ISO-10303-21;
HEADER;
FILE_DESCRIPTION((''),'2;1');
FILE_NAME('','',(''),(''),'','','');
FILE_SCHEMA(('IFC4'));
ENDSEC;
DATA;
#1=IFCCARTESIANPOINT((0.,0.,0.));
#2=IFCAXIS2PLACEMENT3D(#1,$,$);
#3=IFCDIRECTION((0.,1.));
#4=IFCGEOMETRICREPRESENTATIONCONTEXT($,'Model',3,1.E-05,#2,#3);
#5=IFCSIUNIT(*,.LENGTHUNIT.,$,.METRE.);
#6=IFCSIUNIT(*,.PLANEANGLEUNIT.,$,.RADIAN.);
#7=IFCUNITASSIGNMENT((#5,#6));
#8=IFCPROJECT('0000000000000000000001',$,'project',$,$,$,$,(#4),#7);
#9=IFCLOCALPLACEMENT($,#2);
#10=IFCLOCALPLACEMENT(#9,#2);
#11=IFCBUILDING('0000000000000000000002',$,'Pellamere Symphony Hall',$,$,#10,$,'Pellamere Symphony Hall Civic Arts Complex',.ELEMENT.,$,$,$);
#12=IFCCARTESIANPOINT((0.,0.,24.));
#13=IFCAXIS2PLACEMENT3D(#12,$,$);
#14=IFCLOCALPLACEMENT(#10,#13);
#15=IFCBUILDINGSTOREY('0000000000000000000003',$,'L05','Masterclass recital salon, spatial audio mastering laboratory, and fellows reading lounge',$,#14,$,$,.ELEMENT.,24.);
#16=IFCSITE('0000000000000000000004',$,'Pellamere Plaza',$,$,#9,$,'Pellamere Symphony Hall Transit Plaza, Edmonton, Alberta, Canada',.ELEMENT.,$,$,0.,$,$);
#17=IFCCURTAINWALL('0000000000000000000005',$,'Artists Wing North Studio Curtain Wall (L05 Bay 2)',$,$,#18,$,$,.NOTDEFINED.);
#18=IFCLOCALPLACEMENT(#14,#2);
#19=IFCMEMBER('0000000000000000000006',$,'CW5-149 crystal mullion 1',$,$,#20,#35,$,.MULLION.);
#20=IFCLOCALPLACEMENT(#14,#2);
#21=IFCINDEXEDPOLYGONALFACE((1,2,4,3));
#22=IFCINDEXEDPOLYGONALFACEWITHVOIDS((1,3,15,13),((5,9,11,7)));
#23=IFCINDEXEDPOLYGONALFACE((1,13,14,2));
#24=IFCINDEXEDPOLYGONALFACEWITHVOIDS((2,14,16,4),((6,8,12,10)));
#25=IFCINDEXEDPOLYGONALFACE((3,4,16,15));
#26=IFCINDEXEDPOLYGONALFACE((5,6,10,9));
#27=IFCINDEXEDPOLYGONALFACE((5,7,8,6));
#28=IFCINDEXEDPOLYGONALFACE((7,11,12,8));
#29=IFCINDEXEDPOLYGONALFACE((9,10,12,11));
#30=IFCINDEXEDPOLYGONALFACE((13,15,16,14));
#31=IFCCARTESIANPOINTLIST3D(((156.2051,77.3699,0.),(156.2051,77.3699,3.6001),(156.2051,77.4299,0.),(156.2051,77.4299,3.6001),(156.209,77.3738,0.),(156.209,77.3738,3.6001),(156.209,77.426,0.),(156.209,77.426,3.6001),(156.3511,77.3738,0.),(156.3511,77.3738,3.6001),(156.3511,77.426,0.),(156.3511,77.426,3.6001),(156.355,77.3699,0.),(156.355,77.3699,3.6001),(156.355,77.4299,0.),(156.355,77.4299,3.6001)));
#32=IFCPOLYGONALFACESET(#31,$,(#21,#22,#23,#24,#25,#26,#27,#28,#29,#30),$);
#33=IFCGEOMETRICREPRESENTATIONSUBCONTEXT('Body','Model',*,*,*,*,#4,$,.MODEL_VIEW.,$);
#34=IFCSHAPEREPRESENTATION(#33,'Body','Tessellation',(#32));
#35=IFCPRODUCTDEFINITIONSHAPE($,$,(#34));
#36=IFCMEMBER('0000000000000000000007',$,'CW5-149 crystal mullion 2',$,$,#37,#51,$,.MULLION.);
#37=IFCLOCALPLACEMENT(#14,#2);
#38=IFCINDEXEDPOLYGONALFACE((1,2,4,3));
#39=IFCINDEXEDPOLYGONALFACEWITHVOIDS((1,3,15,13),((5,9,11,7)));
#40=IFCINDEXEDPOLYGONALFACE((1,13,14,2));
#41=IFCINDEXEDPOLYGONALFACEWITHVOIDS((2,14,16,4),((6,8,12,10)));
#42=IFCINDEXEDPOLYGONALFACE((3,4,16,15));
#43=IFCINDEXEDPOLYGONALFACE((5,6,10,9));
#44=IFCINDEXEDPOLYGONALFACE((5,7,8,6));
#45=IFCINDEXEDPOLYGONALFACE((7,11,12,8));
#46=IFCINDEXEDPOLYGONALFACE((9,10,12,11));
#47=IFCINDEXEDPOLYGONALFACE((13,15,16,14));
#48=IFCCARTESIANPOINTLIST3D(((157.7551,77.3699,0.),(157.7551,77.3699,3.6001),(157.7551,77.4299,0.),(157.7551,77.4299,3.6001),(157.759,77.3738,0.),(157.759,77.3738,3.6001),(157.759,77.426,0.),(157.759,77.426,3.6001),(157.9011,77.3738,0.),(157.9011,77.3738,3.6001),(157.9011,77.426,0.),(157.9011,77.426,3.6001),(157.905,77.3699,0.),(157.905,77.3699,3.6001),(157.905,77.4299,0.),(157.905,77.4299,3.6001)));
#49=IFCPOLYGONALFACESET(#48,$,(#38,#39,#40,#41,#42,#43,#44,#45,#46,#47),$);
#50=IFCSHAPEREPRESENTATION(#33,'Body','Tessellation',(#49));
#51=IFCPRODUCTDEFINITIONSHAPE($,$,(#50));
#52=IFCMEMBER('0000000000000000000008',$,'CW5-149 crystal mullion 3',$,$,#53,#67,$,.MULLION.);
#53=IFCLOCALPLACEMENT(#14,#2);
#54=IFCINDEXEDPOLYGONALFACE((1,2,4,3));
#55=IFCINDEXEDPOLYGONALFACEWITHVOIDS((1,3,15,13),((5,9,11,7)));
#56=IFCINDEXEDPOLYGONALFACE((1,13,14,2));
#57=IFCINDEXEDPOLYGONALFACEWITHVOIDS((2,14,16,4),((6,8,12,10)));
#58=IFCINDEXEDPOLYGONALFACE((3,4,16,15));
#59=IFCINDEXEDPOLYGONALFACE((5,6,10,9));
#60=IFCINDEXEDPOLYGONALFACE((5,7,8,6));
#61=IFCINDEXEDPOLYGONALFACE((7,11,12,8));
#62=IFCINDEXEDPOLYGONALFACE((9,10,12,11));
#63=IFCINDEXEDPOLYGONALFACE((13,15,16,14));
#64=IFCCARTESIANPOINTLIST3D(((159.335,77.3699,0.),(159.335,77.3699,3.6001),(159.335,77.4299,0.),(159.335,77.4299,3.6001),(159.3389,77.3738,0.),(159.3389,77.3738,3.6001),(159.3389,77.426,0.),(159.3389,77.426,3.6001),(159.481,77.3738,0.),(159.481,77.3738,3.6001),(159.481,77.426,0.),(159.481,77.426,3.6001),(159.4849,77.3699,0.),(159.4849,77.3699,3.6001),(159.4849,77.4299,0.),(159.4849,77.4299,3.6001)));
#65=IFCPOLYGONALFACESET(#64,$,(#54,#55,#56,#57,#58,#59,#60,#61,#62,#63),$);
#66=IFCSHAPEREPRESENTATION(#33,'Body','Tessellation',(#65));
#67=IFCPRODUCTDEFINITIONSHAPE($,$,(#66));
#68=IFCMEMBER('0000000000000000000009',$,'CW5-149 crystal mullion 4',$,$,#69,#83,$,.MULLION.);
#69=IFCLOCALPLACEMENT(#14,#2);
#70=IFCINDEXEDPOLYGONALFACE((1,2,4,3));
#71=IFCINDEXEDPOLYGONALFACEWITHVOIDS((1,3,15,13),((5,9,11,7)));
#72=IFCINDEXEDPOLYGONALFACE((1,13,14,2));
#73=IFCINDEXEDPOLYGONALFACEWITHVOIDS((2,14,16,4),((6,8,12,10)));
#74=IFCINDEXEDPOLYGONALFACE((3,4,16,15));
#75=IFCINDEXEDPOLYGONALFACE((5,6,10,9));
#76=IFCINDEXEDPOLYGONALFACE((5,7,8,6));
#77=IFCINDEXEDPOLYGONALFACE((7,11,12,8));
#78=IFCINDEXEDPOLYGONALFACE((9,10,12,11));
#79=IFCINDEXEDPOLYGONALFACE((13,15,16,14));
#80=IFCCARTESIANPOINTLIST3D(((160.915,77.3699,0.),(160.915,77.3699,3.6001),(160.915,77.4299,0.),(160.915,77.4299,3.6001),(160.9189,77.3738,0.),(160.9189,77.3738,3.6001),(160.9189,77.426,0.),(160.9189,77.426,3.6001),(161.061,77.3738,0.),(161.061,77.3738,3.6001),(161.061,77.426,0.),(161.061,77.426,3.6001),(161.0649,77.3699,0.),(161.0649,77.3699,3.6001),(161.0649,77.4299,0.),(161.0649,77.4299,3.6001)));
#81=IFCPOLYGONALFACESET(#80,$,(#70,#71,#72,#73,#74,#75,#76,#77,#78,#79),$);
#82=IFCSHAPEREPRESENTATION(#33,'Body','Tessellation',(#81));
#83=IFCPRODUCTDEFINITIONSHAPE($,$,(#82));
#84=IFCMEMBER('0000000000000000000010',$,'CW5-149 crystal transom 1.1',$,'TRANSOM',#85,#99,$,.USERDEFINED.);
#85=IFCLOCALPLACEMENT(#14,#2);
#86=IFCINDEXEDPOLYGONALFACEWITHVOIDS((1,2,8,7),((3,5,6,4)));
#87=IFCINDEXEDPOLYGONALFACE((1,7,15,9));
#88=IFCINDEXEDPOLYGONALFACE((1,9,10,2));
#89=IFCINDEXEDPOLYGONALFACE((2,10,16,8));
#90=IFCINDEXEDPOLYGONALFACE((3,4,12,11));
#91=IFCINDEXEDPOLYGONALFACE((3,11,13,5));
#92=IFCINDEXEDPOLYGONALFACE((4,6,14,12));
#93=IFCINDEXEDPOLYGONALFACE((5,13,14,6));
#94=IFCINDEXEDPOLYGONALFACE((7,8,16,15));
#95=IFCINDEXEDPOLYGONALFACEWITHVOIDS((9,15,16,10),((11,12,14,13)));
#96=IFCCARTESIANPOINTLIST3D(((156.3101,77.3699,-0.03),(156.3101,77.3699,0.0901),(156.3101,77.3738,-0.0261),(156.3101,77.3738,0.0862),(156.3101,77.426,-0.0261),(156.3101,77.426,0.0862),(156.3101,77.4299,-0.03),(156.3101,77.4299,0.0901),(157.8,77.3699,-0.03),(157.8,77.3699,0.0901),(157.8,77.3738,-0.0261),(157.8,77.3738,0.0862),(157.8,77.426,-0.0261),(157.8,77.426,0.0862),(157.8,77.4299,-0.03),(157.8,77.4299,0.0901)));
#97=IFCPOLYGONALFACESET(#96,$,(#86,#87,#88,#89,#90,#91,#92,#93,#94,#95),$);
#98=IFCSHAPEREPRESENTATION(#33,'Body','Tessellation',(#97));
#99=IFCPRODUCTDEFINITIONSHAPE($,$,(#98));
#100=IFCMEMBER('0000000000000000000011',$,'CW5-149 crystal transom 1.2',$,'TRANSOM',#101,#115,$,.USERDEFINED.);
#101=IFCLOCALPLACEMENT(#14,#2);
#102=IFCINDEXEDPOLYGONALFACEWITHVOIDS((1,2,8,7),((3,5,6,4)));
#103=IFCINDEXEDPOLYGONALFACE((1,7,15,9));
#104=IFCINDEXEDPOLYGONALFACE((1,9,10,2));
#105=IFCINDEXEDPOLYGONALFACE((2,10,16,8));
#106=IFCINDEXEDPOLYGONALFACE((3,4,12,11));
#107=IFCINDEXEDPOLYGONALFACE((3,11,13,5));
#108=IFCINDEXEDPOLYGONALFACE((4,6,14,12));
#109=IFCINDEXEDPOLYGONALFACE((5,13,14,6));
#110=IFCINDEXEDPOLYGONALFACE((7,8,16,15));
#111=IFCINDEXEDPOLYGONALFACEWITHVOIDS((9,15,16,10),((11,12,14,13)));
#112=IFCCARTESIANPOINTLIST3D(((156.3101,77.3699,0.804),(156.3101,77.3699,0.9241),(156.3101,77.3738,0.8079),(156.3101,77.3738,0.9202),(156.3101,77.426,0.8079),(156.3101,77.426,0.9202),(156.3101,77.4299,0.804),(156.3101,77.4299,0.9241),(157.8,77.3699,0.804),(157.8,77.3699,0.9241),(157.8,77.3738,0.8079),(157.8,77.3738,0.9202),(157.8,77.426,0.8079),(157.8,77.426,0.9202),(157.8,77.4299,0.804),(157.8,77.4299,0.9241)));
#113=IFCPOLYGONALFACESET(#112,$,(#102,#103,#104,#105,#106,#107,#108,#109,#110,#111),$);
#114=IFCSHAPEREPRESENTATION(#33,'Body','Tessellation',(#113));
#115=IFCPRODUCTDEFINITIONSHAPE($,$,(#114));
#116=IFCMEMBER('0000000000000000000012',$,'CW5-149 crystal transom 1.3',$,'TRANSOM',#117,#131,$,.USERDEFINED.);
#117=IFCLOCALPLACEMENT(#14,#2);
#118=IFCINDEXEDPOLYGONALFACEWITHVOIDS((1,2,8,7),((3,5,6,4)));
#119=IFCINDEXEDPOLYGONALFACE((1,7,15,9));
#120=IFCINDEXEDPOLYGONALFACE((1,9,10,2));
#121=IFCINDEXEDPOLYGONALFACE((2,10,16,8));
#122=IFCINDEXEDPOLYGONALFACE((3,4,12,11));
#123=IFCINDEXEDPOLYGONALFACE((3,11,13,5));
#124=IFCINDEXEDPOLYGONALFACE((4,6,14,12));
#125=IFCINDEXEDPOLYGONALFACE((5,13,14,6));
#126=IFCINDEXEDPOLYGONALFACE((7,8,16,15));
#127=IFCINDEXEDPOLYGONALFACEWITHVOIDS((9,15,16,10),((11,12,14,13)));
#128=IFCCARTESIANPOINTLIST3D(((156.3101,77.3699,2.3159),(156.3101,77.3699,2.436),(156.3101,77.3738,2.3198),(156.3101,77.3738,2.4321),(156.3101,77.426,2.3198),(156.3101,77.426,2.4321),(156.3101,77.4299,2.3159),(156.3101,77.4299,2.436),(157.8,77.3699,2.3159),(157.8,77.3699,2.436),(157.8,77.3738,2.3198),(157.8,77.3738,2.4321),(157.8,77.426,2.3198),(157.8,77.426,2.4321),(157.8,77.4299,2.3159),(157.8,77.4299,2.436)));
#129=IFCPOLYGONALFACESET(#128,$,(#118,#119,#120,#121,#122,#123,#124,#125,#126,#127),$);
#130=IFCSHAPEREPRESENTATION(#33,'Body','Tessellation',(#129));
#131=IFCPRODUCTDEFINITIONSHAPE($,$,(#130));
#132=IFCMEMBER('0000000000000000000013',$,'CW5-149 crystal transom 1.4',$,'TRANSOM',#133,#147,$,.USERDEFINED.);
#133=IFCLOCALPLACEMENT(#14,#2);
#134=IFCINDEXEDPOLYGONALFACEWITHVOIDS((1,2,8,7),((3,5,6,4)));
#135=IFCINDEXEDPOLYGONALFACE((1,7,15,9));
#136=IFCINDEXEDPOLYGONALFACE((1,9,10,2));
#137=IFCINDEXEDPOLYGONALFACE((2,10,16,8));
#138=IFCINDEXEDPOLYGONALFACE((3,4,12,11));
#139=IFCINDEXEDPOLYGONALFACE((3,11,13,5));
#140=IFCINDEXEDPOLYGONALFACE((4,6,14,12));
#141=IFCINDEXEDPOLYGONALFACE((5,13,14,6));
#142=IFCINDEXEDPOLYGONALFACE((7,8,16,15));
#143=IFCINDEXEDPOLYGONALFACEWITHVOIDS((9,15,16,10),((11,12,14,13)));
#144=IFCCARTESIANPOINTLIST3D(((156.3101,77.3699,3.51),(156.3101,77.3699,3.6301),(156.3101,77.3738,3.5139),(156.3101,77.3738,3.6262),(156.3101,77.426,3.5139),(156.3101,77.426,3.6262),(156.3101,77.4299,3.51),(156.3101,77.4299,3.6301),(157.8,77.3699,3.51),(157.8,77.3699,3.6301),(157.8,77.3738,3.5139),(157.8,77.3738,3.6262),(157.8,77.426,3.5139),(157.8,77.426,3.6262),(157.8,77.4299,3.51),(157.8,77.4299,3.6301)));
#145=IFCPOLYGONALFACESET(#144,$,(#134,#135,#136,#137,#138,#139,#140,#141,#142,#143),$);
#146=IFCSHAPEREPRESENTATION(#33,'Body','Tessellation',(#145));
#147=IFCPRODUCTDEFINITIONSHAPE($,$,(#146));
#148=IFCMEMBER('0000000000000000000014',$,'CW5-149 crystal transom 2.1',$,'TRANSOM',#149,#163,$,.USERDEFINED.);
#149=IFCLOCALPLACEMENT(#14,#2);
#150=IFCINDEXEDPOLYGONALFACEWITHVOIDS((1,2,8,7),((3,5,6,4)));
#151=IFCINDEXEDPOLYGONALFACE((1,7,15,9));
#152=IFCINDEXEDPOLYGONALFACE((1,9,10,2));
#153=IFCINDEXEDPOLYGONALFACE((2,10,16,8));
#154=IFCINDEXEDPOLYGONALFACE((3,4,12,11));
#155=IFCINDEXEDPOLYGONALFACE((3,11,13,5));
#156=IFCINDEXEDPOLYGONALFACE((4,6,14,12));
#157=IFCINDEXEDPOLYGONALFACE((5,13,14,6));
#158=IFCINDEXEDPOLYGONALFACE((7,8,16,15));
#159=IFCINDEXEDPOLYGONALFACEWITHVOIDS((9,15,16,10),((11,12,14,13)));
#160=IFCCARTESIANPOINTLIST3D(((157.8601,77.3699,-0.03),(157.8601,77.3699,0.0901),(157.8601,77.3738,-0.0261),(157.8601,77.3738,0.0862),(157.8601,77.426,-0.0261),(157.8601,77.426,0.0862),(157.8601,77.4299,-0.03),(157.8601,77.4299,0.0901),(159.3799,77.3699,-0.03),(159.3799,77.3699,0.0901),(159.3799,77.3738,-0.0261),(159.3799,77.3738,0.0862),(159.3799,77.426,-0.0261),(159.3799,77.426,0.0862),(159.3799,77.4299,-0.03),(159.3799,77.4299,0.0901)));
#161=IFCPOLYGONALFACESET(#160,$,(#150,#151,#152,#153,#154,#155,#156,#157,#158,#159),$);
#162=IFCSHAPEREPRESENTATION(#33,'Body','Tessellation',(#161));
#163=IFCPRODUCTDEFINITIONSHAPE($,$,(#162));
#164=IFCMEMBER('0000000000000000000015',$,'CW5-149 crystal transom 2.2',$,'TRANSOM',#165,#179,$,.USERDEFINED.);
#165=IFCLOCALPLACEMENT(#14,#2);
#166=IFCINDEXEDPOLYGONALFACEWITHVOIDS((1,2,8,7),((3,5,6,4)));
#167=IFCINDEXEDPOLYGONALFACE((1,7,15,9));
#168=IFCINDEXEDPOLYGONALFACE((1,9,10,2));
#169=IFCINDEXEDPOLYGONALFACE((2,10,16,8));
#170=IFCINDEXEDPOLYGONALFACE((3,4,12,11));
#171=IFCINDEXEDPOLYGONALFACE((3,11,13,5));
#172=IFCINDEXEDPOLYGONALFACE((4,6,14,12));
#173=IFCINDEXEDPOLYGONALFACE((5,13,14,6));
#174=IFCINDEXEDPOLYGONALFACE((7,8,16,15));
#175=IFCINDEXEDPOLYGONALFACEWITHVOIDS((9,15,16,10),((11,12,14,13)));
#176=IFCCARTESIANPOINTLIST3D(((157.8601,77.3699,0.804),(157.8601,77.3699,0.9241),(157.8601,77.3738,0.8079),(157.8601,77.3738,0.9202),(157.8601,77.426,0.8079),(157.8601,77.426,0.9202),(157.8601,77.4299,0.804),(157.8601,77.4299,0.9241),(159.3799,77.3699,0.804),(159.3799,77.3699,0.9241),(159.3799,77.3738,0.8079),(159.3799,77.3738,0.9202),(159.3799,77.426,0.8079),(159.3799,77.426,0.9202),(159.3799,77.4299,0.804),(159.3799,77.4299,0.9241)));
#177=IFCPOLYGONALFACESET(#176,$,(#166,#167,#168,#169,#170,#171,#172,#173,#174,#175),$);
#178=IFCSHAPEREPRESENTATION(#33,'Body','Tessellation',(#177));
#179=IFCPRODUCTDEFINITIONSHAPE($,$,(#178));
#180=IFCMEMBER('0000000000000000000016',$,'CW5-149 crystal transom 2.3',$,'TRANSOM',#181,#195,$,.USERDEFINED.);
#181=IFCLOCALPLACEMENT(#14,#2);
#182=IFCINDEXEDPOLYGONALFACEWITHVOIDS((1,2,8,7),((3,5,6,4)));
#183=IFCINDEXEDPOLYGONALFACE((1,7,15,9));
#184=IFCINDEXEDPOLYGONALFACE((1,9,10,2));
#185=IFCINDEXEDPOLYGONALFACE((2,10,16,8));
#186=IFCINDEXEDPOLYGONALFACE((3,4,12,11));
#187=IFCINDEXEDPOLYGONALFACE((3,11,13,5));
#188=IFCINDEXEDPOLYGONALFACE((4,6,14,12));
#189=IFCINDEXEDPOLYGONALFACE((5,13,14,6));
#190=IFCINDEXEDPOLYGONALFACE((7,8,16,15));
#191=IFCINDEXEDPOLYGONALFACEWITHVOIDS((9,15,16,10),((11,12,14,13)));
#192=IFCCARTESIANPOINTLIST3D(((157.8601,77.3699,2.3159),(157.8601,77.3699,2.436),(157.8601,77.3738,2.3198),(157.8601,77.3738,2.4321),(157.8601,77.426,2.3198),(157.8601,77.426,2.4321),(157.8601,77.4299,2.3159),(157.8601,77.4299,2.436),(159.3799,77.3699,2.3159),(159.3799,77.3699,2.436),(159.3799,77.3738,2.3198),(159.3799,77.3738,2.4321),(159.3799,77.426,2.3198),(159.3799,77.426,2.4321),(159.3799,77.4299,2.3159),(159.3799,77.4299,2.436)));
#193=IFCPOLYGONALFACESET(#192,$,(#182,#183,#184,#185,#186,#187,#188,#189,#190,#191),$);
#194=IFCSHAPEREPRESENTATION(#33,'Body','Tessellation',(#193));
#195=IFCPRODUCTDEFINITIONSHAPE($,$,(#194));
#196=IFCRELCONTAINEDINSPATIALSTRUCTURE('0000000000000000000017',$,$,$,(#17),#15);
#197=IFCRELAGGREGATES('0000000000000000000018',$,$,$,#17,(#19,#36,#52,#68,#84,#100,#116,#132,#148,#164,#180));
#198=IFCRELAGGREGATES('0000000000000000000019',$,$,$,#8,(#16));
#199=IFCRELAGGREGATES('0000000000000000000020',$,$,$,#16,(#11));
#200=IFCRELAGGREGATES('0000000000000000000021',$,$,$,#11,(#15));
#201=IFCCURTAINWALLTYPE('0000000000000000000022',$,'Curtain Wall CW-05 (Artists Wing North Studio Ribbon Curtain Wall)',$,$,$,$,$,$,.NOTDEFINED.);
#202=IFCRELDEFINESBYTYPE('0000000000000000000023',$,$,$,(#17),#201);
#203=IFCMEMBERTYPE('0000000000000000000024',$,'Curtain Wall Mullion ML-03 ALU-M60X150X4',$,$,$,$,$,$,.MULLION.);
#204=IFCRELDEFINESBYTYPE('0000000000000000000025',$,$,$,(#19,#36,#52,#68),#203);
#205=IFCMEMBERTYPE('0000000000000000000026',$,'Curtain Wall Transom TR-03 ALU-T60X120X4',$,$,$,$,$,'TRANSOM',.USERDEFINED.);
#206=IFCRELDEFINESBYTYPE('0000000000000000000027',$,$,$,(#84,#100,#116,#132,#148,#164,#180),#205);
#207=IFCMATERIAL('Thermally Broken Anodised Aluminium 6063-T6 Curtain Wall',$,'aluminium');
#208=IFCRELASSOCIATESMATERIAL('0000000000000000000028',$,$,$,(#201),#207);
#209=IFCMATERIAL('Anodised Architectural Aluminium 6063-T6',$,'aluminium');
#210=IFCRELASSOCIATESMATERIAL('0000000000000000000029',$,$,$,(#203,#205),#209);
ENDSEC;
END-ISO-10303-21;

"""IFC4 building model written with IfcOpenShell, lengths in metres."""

from ifc_helpers import new_model, si_unit, direction, frame, origin, origin_2d, place, context, subcontext, project, spatial, hollow_rectangle, extrude, material, material_profile, profile_set, type_object, element, aggregate, save


model = new_model("IFC4")

# Units and contexts
model_context = context("Model", 3, precision=1e-05, world=origin(), true_north=direction((0.0, 1.0)))
body_context = subcontext(model_context, "Body", "Model", "MODEL_VIEW")
ifc_project = project(units=[si_unit("LENGTHUNIT", "METRE"), si_unit("PLANEANGLEUNIT", "RADIAN")], contexts=[model_context])

# Site, building, storey
site_placement = place(None, origin())
site = spatial("IfcSite", under=ifc_project, at=site_placement, Name="Pellamere Plaza", LongName="Pellamere Symphony Hall Transit Plaza, Edmonton, Alberta, Canada", CompositionType="ELEMENT", RefElevation=0.0)
building_placement = place(site_placement, origin())
building = spatial("IfcBuilding", under=site, at=building_placement, Name="Pellamere Symphony Hall", LongName="Pellamere Symphony Hall Civic Arts Complex", CompositionType="ELEMENT")
storey_placement = place(building_placement, frame((0.0, 0.0, 24.0)))
storey = spatial("IfcBuildingStorey", under=building, at=storey_placement, Name="L05", Description="Masterclass recital salon, spatial audio mastering laboratory, and fellows reading lounge", CompositionType="ELEMENT", Elevation=24.0)

# Curtain wall, members
ifc_material_1 = material(Name="Thermally Broken Anodised Aluminium 6063-T6 Curtain Wall", Category="aluminium")
curtain_wall_type = type_object("IfcCurtainWallType", Name="Curtain Wall CW-05 (Artists Wing North Studio Ribbon Curtain Wall)", PredefinedType="NOTDEFINED", material=ifc_material_1)
curtain_wall_placement = place(storey_placement, origin())
curtain_wall = element("IfcCurtainWall", 1, at=curtain_wall_placement, inside=storey, type_object=curtain_wall_type, Name="Artists Wing North Studio Curtain Wall (L05 Bay 2)", PredefinedType="NOTDEFINED")
ifc_material_2 = material(Name="Anodised Architectural Aluminium 6063-T6", Category="aluminium")
ifc_material_profile_1 = material_profile(ifc_material_2, hollow_rectangle(XDim=0.0601, YDim=0.1499, WallThickness=0.0039, at=origin_2d()), Name="ALU-M60X150X4")
ifc_profile_set_1 = profile_set([ifc_material_profile_1], Name="Anodised Architectural Aluminium 6063-T6")
member_type_1 = type_object("IfcMemberType", Name="Curtain Wall Mullion ML-03 ALU-M60X150X4", PredefinedType="MULLION", material=ifc_profile_set_1)
member_1_placement = place(storey_placement, frame((156.28, 77.3999, 0.0), z_axis=(0.0, 0.0, 1.0), x_axis=(0.0, 1.0, 0.0)))
member_1 = element("IfcMember", 2, at=member_1_placement, type_object=member_type_1, Name="CW5-149 crystal mullion 1", PredefinedType="MULLION", context=body_context, shape_type="SweptSolid", body=[
    extrude(hollow_rectangle(XDim=0.0601, YDim=0.1499, WallThickness=0.0039, at=origin_2d()), origin(), (0.0, 0.0, 1.0), 3.6001),
])
member_2_placement = place(storey_placement, frame((157.8301, 77.3999, 0.0), z_axis=(0.0, 0.0, 1.0), x_axis=(0.0, 1.0, 0.0)))
member_2 = element("IfcMember", 3, at=member_2_placement, type_object=member_type_1, Name="CW5-149 crystal mullion 2", PredefinedType="MULLION", context=body_context, shape_type="SweptSolid", body=[
    extrude(hollow_rectangle(XDim=0.0601, YDim=0.1499, WallThickness=0.0039, at=origin_2d()), origin(), (0.0, 0.0, 1.0), 3.6001),
])
member_3_placement = place(storey_placement, frame((159.4099, 77.3999, 0.0), z_axis=(0.0, 0.0, 1.0), x_axis=(0.0, 1.0, 0.0)))
member_3 = element("IfcMember", 4, at=member_3_placement, type_object=member_type_1, Name="CW5-149 crystal mullion 3", PredefinedType="MULLION", context=body_context, shape_type="SweptSolid", body=[
    extrude(hollow_rectangle(XDim=0.0601, YDim=0.1499, WallThickness=0.0039, at=origin_2d()), origin(), (0.0, 0.0, 1.0), 3.6001),
])
member_4_placement = place(storey_placement, frame((160.99, 77.3999, 0.0), z_axis=(0.0, 0.0, 1.0), x_axis=(0.0, 1.0, 0.0)))
member_4 = element("IfcMember", 5, at=member_4_placement, type_object=member_type_1, Name="CW5-149 crystal mullion 4", PredefinedType="MULLION", context=body_context, shape_type="SweptSolid", body=[
    extrude(hollow_rectangle(XDim=0.0601, YDim=0.1499, WallThickness=0.0039, at=origin_2d()), origin(), (0.0, 0.0, 1.0), 3.6001),
])
ifc_material_profile_2 = material_profile(ifc_material_2, hollow_rectangle(XDim=0.0601, YDim=0.1201, WallThickness=0.0039, at=origin_2d()), Name="ALU-T60X120X4")
ifc_profile_set_2 = profile_set([ifc_material_profile_2], Name="Anodised Architectural Aluminium 6063-T6")
member_type_2 = type_object("IfcMemberType", Name="Curtain Wall Transom TR-03 ALU-T60X120X4", ElementType="TRANSOM", PredefinedType="USERDEFINED", material=ifc_profile_set_2)
member_5_placement = place(storey_placement, frame((156.3101, 77.3999, 0.03), z_axis=(1.0, 0.0, 0.0), x_axis=(0.0, 1.0, 0.0)))
member_5 = element("IfcMember", 6, at=member_5_placement, type_object=member_type_2, Name="CW5-149 crystal transom 1.1", ObjectType="TRANSOM", PredefinedType="USERDEFINED", context=body_context, shape_type="SweptSolid", body=[
    extrude(hollow_rectangle(XDim=0.0601, YDim=0.1201, WallThickness=0.0039, at=origin_2d()), origin(), (0.0, 0.0, 1.0), 1.49),
])
member_6_placement = place(storey_placement, frame((156.3101, 77.3999, 0.864), z_axis=(1.0, 0.0, 0.0), x_axis=(0.0, 1.0, 0.0)))
member_6 = element("IfcMember", 7, at=member_6_placement, type_object=member_type_2, Name="CW5-149 crystal transom 1.2", ObjectType="TRANSOM", PredefinedType="USERDEFINED", context=body_context, shape_type="SweptSolid", body=[
    extrude(hollow_rectangle(XDim=0.0601, YDim=0.1201, WallThickness=0.0039, at=origin_2d()), origin(), (0.0, 0.0, 1.0), 1.49),
])
member_7_placement = place(storey_placement, frame((156.3101, 77.3999, 2.376), z_axis=(1.0, 0.0, 0.0), x_axis=(0.0, 1.0, 0.0)))
member_7 = element("IfcMember", 8, at=member_7_placement, type_object=member_type_2, Name="CW5-149 crystal transom 1.3", ObjectType="TRANSOM", PredefinedType="USERDEFINED", context=body_context, shape_type="SweptSolid", body=[
    extrude(hollow_rectangle(XDim=0.0601, YDim=0.1201, WallThickness=0.0039, at=origin_2d()), origin(), (0.0, 0.0, 1.0), 1.49),
])
member_8_placement = place(storey_placement, frame((156.3101, 77.3999, 3.5701), z_axis=(1.0, 0.0, 0.0), x_axis=(0.0, 1.0, 0.0)))
member_8 = element("IfcMember", 9, at=member_8_placement, type_object=member_type_2, Name="CW5-149 crystal transom 1.4", ObjectType="TRANSOM", PredefinedType="USERDEFINED", context=body_context, shape_type="SweptSolid", body=[
    extrude(hollow_rectangle(XDim=0.0601, YDim=0.1201, WallThickness=0.0039, at=origin_2d()), origin(), (0.0, 0.0, 1.0), 1.49),
])
member_9_placement = place(storey_placement, frame((157.8601, 77.3999, 0.03), z_axis=(1.0, 0.0, 0.0), x_axis=(0.0, 1.0, 0.0)))
member_9 = element("IfcMember", 10, at=member_9_placement, type_object=member_type_2, Name="CW5-149 crystal transom 2.1", ObjectType="TRANSOM", PredefinedType="USERDEFINED", context=body_context, shape_type="SweptSolid", body=[
    extrude(hollow_rectangle(XDim=0.0601, YDim=0.1201, WallThickness=0.0039, at=origin_2d()), origin(), (0.0, 0.0, 1.0), 1.5198),
])
member_10_placement = place(storey_placement, frame((157.8601, 77.3999, 0.864), z_axis=(1.0, 0.0, 0.0), x_axis=(0.0, 1.0, 0.0)))
member_10 = element("IfcMember", 11, at=member_10_placement, type_object=member_type_2, Name="CW5-149 crystal transom 2.2", ObjectType="TRANSOM", PredefinedType="USERDEFINED", context=body_context, shape_type="SweptSolid", body=[
    extrude(hollow_rectangle(XDim=0.0601, YDim=0.1201, WallThickness=0.0039, at=origin_2d()), origin(), (0.0, 0.0, 1.0), 1.5198),
])
member_11_placement = place(storey_placement, frame((157.8601, 77.3999, 2.376), z_axis=(1.0, 0.0, 0.0), x_axis=(0.0, 1.0, 0.0)))
member_11 = element("IfcMember", 12, at=member_11_placement, type_object=member_type_2, Name="CW5-149 crystal transom 2.3", ObjectType="TRANSOM", PredefinedType="USERDEFINED", context=body_context, shape_type="SweptSolid", body=[
    extrude(hollow_rectangle(XDim=0.0601, YDim=0.1201, WallThickness=0.0039, at=origin_2d()), origin(), (0.0, 0.0, 1.0), 1.5198),
])

aggregate(curtain_wall, [member_1, member_2, member_3, member_4, member_5, member_6, member_7, member_8, member_9, member_10, member_11])

save(model, "model.ifc")
